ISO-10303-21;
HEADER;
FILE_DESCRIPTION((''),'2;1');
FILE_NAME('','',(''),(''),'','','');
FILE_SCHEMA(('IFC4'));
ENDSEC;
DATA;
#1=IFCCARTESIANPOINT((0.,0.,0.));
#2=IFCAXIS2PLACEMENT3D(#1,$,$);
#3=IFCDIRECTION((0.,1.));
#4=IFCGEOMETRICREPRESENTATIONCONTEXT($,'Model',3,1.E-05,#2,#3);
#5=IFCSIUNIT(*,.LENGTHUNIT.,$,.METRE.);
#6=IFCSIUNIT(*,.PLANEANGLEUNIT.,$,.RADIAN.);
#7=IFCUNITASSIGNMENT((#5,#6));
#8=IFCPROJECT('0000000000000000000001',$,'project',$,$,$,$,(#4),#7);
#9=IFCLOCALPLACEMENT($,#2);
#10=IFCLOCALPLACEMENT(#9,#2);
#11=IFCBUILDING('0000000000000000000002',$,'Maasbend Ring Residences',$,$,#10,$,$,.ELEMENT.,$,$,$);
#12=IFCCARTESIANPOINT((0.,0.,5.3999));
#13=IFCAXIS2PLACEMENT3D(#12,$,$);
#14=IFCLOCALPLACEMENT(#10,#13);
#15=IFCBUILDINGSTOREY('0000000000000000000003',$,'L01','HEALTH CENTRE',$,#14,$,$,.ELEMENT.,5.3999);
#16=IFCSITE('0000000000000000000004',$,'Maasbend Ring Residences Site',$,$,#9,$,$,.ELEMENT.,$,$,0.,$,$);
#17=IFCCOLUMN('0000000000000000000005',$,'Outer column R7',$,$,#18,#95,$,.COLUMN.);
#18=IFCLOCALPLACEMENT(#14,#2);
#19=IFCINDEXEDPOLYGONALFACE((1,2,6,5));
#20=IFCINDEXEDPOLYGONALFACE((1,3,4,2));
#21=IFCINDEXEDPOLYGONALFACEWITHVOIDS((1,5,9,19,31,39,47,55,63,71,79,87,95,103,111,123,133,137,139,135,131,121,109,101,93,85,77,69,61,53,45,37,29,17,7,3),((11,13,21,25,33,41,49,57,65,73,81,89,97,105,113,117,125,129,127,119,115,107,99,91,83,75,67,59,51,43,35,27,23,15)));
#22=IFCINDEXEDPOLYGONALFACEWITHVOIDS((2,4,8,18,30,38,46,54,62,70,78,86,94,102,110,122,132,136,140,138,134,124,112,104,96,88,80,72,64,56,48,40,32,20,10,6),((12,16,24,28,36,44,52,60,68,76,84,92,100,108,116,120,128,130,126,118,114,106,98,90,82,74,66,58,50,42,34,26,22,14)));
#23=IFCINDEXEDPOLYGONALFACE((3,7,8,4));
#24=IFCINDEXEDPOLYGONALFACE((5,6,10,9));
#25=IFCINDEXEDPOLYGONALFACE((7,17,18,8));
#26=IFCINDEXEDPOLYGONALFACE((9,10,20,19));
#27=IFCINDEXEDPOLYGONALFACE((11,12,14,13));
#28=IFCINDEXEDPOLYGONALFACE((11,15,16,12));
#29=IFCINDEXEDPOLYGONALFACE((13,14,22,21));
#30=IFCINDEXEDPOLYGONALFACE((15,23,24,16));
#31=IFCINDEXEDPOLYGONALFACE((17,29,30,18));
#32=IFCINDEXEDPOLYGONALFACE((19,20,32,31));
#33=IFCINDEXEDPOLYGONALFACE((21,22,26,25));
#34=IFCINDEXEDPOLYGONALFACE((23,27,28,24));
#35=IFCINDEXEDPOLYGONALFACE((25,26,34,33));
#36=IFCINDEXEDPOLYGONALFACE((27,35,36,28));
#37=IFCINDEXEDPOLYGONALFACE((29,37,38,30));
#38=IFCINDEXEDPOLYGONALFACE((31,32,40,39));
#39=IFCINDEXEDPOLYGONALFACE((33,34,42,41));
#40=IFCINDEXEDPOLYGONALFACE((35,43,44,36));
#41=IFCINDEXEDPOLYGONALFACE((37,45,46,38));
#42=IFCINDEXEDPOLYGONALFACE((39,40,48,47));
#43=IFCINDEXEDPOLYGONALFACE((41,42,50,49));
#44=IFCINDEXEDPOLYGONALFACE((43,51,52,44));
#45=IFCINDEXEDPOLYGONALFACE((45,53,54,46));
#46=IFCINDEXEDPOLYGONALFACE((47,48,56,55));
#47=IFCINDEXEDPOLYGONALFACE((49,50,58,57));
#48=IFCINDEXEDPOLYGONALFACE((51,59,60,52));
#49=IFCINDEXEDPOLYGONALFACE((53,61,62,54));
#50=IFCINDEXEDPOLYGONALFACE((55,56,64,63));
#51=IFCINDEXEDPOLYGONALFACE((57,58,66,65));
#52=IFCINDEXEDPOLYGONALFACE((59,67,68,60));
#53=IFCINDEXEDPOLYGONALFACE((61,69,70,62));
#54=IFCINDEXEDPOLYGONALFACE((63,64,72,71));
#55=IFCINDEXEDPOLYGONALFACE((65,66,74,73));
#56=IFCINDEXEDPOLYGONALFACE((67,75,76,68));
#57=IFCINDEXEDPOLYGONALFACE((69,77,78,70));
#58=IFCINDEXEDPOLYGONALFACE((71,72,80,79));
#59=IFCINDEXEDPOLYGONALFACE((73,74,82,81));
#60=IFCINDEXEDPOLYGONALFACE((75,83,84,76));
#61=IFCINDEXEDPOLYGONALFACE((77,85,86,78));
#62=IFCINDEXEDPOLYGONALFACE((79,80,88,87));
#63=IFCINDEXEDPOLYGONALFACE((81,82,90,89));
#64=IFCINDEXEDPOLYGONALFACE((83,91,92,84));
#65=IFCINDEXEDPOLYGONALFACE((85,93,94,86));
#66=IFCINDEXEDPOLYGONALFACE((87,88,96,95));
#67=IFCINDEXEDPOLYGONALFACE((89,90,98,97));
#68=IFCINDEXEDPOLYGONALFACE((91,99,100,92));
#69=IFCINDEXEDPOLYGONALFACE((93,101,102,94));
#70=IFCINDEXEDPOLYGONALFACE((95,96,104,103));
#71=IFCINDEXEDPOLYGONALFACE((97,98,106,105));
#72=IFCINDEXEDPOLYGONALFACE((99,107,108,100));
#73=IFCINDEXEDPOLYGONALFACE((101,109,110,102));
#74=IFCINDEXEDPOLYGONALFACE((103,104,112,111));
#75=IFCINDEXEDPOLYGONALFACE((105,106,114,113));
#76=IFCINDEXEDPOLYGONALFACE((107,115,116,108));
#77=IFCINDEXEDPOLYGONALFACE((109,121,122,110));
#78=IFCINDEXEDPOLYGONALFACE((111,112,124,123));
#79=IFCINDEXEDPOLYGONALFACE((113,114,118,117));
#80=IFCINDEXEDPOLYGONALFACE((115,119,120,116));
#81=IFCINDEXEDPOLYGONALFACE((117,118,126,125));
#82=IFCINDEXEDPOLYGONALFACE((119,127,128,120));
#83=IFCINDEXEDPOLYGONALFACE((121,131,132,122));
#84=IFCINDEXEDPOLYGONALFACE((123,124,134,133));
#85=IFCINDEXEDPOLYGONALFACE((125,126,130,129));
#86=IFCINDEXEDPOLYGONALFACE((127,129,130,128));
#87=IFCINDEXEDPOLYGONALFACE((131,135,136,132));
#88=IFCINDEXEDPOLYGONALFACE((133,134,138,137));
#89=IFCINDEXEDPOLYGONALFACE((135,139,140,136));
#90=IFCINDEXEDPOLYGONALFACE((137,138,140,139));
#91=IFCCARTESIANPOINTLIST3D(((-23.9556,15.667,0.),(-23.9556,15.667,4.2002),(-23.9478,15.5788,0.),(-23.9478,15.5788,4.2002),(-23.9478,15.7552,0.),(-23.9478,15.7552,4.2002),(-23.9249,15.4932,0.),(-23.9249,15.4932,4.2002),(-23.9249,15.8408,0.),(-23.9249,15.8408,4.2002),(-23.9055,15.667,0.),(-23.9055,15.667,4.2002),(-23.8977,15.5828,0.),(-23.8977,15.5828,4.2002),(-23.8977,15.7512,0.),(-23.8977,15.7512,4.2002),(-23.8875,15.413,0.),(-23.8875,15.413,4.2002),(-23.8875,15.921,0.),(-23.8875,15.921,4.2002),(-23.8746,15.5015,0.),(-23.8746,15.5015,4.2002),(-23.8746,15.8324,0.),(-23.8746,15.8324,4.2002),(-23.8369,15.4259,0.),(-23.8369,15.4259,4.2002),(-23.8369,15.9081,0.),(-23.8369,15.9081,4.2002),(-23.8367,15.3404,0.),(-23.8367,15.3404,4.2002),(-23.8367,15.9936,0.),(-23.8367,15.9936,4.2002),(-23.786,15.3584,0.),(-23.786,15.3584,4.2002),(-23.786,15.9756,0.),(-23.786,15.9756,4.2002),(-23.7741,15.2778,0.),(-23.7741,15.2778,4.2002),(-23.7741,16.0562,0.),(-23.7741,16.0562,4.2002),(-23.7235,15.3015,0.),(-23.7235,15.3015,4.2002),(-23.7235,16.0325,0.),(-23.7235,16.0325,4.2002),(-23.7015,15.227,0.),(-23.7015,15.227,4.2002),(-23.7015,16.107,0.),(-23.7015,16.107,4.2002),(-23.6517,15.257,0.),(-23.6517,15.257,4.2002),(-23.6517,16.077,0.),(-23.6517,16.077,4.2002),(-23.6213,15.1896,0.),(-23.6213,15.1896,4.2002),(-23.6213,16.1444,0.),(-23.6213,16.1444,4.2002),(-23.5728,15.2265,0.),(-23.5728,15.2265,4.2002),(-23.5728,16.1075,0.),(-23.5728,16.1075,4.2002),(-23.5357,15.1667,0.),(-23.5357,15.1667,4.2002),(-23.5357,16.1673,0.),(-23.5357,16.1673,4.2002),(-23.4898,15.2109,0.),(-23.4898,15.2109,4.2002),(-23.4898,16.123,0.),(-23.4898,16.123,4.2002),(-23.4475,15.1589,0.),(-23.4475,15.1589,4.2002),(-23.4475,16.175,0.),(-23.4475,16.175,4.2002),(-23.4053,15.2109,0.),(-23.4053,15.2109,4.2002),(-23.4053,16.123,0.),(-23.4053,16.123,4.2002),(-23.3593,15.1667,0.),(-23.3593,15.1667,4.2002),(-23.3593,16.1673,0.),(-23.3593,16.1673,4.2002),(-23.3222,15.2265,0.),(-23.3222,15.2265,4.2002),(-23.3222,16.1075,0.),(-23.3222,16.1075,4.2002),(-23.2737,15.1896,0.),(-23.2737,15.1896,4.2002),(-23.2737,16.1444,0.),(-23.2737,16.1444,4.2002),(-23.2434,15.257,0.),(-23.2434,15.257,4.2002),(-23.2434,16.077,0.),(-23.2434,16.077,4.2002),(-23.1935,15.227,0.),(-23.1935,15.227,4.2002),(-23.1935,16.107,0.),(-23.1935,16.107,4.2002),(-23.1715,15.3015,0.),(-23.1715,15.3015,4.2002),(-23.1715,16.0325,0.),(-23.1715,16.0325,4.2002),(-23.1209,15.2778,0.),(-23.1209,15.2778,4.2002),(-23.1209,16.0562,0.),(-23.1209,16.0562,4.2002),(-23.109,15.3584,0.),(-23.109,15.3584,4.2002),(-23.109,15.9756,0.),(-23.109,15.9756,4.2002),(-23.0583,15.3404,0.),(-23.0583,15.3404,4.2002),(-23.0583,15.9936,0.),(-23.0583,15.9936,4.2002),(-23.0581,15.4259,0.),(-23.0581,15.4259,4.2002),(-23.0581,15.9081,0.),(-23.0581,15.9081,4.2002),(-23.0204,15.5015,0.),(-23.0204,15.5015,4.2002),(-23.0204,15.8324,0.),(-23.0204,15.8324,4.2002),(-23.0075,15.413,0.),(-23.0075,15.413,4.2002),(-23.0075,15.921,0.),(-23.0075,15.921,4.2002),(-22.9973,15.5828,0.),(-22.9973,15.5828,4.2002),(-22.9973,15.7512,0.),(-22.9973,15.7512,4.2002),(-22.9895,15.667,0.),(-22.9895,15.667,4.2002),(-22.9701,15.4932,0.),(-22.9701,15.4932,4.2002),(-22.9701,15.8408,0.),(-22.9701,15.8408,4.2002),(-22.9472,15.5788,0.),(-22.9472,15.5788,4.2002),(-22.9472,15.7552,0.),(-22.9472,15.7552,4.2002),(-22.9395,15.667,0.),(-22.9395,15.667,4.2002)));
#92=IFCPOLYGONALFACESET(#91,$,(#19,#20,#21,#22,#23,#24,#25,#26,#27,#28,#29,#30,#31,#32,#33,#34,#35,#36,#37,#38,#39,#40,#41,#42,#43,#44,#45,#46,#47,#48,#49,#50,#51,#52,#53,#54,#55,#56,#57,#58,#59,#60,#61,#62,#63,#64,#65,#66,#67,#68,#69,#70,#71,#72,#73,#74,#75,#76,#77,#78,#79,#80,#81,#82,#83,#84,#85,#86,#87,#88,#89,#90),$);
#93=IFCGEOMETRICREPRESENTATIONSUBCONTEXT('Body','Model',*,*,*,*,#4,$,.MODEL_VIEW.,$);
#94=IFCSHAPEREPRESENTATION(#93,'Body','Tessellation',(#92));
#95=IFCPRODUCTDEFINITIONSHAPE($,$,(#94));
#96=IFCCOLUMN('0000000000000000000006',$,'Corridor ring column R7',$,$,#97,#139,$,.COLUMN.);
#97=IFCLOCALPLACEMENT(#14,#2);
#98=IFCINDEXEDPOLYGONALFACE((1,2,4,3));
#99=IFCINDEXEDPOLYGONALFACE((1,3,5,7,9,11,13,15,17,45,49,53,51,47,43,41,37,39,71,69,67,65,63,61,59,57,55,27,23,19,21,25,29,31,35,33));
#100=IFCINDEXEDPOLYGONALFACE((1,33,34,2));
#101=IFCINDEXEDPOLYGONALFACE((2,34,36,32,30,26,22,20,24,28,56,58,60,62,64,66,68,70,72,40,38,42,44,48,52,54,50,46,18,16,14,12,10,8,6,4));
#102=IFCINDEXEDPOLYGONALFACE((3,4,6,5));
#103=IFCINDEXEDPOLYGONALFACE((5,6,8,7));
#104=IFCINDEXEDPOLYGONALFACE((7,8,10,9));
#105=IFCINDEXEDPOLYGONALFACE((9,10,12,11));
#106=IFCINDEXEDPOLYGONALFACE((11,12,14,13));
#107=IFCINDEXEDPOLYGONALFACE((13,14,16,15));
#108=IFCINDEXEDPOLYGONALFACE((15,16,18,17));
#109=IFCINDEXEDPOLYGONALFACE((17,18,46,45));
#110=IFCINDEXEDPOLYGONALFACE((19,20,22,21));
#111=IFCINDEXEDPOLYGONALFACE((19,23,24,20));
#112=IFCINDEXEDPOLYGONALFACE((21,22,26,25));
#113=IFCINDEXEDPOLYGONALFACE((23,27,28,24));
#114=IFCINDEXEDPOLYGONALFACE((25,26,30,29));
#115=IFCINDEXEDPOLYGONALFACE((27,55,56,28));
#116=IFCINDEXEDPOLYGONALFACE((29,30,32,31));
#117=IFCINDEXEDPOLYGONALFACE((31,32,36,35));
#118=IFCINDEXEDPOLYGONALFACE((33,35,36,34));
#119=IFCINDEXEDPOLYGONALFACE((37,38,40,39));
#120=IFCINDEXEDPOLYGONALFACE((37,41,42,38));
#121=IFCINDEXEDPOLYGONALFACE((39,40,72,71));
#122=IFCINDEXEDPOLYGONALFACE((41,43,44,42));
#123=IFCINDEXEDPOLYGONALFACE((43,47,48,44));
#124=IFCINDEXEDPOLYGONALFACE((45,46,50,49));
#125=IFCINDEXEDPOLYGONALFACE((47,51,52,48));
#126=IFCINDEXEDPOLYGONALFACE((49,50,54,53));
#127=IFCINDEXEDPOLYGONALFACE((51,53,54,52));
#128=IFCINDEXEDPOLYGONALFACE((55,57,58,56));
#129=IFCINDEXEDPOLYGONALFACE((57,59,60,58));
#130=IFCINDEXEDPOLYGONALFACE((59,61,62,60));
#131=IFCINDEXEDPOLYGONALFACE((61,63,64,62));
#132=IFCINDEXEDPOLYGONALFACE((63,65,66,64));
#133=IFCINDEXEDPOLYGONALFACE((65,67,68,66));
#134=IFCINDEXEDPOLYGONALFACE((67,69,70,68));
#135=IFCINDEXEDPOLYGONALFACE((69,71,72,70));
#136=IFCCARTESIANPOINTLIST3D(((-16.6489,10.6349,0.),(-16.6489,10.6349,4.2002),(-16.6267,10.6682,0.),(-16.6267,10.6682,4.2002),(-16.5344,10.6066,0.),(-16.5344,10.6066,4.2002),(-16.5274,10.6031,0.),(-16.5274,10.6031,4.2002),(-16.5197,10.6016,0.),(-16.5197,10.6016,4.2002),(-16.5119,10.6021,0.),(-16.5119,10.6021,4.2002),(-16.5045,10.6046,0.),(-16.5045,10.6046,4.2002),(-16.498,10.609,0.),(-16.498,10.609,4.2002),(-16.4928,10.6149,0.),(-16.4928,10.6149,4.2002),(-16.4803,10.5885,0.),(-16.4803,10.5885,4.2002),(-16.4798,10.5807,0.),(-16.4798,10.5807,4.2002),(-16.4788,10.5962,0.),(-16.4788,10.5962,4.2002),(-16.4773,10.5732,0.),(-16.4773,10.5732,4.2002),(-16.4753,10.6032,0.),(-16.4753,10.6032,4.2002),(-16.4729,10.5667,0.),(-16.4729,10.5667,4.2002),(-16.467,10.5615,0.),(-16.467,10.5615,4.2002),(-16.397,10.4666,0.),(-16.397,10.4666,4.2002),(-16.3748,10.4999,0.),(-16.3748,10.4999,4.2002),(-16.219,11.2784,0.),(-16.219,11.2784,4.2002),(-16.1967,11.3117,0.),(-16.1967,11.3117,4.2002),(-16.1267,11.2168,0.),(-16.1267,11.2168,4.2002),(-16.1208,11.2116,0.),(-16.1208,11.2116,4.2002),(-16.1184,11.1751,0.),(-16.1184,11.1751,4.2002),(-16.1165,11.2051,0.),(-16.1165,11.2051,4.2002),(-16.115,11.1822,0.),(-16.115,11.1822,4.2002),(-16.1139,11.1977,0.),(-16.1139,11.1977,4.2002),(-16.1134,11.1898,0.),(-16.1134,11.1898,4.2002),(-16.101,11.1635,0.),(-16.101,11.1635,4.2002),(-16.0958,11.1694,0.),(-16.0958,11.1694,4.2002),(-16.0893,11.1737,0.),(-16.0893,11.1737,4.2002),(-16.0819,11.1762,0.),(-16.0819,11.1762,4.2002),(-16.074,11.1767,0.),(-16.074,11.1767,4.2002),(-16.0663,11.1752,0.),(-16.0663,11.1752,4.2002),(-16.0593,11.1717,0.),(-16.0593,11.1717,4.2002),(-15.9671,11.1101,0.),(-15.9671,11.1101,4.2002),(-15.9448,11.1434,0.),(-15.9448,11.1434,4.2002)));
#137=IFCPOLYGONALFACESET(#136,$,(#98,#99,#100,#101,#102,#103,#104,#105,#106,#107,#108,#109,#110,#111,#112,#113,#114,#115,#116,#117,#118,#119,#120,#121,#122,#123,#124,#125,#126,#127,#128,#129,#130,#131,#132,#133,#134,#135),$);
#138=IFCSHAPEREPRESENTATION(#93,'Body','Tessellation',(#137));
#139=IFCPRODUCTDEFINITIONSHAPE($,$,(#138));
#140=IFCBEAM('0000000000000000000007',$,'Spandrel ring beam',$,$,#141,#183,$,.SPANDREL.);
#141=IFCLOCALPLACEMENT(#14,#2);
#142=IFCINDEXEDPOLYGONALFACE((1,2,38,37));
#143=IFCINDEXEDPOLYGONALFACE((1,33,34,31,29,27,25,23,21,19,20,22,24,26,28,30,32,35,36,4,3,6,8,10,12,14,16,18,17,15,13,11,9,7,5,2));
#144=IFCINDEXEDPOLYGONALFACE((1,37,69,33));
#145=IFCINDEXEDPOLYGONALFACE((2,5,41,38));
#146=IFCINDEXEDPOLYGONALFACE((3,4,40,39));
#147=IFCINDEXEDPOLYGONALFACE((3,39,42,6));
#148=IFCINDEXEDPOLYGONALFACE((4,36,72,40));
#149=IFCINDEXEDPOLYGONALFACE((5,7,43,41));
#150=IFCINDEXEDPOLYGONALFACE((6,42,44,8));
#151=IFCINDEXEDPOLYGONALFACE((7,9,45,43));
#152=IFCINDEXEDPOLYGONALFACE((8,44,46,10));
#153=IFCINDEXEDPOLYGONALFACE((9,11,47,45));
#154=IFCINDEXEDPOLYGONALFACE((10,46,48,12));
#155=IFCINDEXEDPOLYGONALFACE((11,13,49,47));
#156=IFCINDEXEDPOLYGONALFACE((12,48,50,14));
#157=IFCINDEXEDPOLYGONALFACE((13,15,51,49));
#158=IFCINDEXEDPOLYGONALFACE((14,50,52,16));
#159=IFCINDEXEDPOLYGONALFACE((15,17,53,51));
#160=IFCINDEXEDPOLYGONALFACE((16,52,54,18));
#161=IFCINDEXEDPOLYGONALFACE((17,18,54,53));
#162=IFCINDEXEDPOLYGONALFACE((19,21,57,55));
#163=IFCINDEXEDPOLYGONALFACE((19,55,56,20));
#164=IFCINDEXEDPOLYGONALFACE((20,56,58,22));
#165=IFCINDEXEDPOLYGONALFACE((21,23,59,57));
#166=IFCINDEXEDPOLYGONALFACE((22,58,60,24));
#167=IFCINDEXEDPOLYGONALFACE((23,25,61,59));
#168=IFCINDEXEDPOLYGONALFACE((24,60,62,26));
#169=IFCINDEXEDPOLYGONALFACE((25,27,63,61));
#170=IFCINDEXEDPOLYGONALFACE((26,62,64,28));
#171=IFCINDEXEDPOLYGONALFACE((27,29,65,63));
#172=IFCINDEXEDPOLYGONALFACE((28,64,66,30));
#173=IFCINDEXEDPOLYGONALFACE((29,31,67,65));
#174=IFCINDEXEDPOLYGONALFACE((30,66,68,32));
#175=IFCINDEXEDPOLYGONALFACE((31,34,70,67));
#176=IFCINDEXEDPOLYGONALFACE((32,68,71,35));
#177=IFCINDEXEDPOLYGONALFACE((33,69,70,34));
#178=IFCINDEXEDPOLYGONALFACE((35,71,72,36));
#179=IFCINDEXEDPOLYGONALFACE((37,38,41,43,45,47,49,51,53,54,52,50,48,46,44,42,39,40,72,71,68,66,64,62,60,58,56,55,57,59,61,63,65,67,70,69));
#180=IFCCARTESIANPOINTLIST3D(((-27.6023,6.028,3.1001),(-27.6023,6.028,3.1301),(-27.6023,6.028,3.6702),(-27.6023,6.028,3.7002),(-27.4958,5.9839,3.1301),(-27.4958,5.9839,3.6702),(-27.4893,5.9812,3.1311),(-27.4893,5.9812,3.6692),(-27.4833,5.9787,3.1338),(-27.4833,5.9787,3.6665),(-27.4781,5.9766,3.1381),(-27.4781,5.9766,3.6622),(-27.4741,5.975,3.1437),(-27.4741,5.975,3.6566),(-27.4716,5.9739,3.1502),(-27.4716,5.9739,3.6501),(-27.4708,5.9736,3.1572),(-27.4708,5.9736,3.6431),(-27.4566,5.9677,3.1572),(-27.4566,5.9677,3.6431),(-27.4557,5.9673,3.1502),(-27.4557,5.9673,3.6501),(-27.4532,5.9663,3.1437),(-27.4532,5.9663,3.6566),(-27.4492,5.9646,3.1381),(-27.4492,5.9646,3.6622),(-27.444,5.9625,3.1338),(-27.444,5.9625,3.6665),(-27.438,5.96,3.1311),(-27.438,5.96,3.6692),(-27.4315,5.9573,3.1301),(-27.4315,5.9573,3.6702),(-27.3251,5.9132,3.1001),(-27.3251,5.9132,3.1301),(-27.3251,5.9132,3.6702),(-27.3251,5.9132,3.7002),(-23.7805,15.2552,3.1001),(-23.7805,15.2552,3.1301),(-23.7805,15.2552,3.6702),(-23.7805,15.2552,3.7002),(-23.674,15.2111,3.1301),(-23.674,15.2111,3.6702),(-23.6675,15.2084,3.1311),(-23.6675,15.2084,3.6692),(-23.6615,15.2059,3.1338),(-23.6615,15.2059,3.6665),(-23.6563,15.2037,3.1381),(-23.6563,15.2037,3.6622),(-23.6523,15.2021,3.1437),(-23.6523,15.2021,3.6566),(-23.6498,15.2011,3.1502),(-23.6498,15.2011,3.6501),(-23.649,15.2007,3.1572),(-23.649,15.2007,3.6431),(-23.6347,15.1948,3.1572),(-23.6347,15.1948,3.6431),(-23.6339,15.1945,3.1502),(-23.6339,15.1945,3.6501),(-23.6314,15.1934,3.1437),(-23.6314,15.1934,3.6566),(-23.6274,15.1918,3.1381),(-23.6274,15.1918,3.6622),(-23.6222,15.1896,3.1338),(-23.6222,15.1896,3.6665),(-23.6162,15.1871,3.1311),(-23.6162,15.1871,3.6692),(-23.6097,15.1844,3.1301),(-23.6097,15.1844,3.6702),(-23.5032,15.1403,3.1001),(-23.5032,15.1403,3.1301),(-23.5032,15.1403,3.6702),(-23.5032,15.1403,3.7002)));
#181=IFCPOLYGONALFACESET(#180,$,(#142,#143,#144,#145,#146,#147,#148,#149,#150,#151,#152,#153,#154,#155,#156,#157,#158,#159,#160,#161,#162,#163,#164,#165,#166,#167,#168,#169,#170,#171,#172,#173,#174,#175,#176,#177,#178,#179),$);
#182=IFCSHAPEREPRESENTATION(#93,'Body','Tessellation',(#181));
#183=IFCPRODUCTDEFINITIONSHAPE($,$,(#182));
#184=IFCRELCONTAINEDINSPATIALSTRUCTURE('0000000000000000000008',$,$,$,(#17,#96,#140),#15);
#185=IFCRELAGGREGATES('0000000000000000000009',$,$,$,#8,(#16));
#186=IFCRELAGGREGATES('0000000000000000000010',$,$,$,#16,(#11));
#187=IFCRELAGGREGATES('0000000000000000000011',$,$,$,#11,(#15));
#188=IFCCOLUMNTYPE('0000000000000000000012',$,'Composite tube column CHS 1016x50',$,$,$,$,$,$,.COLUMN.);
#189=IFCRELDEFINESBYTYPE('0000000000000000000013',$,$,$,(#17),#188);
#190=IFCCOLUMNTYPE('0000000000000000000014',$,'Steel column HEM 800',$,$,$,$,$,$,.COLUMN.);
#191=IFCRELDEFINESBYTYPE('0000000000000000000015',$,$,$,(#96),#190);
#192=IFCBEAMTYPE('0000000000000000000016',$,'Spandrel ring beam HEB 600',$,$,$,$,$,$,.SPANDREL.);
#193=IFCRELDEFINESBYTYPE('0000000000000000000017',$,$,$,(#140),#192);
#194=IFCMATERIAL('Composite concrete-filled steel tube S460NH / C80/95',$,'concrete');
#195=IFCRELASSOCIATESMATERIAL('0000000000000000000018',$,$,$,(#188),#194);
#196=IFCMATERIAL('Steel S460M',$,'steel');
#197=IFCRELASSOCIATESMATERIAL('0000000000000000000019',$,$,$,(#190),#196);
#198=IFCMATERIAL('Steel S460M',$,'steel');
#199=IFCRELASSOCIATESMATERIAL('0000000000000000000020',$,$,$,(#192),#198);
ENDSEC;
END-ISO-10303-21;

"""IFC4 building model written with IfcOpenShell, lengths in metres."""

from ifc_helpers import new_model, si_unit, direction, frame, origin, origin_2d, place, context, subcontext, project, spatial, hollow_circle, i_section, extrude, material, material_profile, profile_set, type_object, element, save


model = new_model("IFC4")

# Units and contexts
model_context = context("Model", 3, precision=1e-05, world=origin(), true_north=direction((0.0, 1.0)))
body_context = subcontext(model_context, "Body", "Model", "MODEL_VIEW")
ifc_project = project(units=[si_unit("LENGTHUNIT", "METRE"), si_unit("PLANEANGLEUNIT", "RADIAN")], contexts=[model_context])

# Site, building, storey
site_placement = place(None, origin())
site = spatial("IfcSite", under=ifc_project, at=site_placement, Name="Maasbend Ring Residences Site", CompositionType="ELEMENT", RefElevation=0.0)
building_placement = place(site_placement, origin())
building = spatial("IfcBuilding", under=site, at=building_placement, Name="Maasbend Ring Residences", CompositionType="ELEMENT")
storey_placement = place(building_placement, frame((0.0, 0.0, 5.3999)))
storey = spatial("IfcBuildingStorey", under=building, at=storey_placement, Name="L01", Description="HEALTH CENTRE", CompositionType="ELEMENT", Elevation=5.3999)

# Columns
ifc_material_1 = material(Name="Composite concrete-filled steel tube S460NH / C80/95", Category="concrete")
ifc_material_profile_1 = material_profile(ifc_material_1, hollow_circle(Radius=0.5081, WallThickness=0.05, at=origin_2d()), Name="Composite tube column CHS 1016x50")
ifc_profile_set_1 = profile_set([ifc_material_profile_1], Name="Composite concrete-filled steel tube S460NH / C80/95")
column_type_1 = type_object("IfcColumnType", Name="Composite tube column CHS 1016x50", PredefinedType="COLUMN", material=ifc_profile_set_1)
column_1_placement = place(storey_placement, frame((-23.4475, 15.667, 0.0), z_axis=(0.0, 0.0, 1.0), x_axis=(1.0, 0.0, 0.0)))
element("IfcColumn", 1, at=column_1_placement, inside=storey, type_object=column_type_1, Name="Outer column R7", PredefinedType="COLUMN", context=body_context, shape_type="SweptSolid", body=[
    extrude(hollow_circle(Radius=0.5081, WallThickness=0.05, at=origin_2d()), origin(), (0.0, 0.0, 1.0), 4.2002),
])
ifc_material_2 = material(Name="Steel S460M", Category="steel")
ifc_material_profile_2 = material_profile(ifc_material_2, i_section(OverallWidth=0.303, OverallDepth=0.814, WebThickness=0.021, FlangeThickness=0.04, FilletRadius=0.03, at=origin_2d()), Name="HEM 800")
ifc_profile_set_2 = profile_set([ifc_material_profile_2], Name="Steel S460M")
column_type_2 = type_object("IfcColumnType", Name="Steel column HEM 800", PredefinedType="COLUMN", material=ifc_profile_set_2)
column_2_placement = place(storey_placement, frame((-16.2969, 10.8892, 0.0), z_axis=(0.0, 0.0, 1.0), x_axis=(-0.83147, 0.55557, 0.0)))
element("IfcColumn", 2, at=column_2_placement, inside=storey, type_object=column_type_2, Name="Corridor ring column R7", PredefinedType="COLUMN", context=body_context, shape_type="SweptSolid", body=[
    extrude(i_section(OverallWidth=0.303, OverallDepth=0.814, WebThickness=0.021, FlangeThickness=0.04, FilletRadius=0.03, at=origin_2d()), origin(), (0.0, 0.0, 1.0), 4.2002),
])

# Beam
ifc_material_3 = material(Name="Steel S460M", Category="steel")
ifc_material_profile_3 = material_profile(ifc_material_3, i_section(OverallWidth=0.3, OverallDepth=0.6001, WebThickness=0.0154, FlangeThickness=0.03, FilletRadius=0.0271, at=origin_2d()), Name="HEB 600")
ifc_profile_set_3 = profile_set([ifc_material_profile_3], Name="Steel S460M")
beam_type = type_object("IfcBeamType", Name="Spandrel ring beam HEB 600", PredefinedType="SPANDREL", material=ifc_profile_set_3)
beam_placement = place(storey_placement, frame((-23.6418, 15.1978, 3.4001), z_axis=(-0.382667, -0.923886, 0.0), x_axis=(0.923886, -0.382667, 0.0)))
element("IfcBeam", 3, at=beam_placement, inside=storey, type_object=beam_type, Name="Spandrel ring beam", PredefinedType="SPANDREL", context=body_context, shape_type="SweptSolid", body=[
    extrude(i_section(OverallWidth=0.3, OverallDepth=0.6001, WebThickness=0.0154, FlangeThickness=0.03, FilletRadius=0.0271, at=origin_2d()), origin(), (0.0, 0.0, 1.0), 9.9873),
])

save(model, "model.ifc")
